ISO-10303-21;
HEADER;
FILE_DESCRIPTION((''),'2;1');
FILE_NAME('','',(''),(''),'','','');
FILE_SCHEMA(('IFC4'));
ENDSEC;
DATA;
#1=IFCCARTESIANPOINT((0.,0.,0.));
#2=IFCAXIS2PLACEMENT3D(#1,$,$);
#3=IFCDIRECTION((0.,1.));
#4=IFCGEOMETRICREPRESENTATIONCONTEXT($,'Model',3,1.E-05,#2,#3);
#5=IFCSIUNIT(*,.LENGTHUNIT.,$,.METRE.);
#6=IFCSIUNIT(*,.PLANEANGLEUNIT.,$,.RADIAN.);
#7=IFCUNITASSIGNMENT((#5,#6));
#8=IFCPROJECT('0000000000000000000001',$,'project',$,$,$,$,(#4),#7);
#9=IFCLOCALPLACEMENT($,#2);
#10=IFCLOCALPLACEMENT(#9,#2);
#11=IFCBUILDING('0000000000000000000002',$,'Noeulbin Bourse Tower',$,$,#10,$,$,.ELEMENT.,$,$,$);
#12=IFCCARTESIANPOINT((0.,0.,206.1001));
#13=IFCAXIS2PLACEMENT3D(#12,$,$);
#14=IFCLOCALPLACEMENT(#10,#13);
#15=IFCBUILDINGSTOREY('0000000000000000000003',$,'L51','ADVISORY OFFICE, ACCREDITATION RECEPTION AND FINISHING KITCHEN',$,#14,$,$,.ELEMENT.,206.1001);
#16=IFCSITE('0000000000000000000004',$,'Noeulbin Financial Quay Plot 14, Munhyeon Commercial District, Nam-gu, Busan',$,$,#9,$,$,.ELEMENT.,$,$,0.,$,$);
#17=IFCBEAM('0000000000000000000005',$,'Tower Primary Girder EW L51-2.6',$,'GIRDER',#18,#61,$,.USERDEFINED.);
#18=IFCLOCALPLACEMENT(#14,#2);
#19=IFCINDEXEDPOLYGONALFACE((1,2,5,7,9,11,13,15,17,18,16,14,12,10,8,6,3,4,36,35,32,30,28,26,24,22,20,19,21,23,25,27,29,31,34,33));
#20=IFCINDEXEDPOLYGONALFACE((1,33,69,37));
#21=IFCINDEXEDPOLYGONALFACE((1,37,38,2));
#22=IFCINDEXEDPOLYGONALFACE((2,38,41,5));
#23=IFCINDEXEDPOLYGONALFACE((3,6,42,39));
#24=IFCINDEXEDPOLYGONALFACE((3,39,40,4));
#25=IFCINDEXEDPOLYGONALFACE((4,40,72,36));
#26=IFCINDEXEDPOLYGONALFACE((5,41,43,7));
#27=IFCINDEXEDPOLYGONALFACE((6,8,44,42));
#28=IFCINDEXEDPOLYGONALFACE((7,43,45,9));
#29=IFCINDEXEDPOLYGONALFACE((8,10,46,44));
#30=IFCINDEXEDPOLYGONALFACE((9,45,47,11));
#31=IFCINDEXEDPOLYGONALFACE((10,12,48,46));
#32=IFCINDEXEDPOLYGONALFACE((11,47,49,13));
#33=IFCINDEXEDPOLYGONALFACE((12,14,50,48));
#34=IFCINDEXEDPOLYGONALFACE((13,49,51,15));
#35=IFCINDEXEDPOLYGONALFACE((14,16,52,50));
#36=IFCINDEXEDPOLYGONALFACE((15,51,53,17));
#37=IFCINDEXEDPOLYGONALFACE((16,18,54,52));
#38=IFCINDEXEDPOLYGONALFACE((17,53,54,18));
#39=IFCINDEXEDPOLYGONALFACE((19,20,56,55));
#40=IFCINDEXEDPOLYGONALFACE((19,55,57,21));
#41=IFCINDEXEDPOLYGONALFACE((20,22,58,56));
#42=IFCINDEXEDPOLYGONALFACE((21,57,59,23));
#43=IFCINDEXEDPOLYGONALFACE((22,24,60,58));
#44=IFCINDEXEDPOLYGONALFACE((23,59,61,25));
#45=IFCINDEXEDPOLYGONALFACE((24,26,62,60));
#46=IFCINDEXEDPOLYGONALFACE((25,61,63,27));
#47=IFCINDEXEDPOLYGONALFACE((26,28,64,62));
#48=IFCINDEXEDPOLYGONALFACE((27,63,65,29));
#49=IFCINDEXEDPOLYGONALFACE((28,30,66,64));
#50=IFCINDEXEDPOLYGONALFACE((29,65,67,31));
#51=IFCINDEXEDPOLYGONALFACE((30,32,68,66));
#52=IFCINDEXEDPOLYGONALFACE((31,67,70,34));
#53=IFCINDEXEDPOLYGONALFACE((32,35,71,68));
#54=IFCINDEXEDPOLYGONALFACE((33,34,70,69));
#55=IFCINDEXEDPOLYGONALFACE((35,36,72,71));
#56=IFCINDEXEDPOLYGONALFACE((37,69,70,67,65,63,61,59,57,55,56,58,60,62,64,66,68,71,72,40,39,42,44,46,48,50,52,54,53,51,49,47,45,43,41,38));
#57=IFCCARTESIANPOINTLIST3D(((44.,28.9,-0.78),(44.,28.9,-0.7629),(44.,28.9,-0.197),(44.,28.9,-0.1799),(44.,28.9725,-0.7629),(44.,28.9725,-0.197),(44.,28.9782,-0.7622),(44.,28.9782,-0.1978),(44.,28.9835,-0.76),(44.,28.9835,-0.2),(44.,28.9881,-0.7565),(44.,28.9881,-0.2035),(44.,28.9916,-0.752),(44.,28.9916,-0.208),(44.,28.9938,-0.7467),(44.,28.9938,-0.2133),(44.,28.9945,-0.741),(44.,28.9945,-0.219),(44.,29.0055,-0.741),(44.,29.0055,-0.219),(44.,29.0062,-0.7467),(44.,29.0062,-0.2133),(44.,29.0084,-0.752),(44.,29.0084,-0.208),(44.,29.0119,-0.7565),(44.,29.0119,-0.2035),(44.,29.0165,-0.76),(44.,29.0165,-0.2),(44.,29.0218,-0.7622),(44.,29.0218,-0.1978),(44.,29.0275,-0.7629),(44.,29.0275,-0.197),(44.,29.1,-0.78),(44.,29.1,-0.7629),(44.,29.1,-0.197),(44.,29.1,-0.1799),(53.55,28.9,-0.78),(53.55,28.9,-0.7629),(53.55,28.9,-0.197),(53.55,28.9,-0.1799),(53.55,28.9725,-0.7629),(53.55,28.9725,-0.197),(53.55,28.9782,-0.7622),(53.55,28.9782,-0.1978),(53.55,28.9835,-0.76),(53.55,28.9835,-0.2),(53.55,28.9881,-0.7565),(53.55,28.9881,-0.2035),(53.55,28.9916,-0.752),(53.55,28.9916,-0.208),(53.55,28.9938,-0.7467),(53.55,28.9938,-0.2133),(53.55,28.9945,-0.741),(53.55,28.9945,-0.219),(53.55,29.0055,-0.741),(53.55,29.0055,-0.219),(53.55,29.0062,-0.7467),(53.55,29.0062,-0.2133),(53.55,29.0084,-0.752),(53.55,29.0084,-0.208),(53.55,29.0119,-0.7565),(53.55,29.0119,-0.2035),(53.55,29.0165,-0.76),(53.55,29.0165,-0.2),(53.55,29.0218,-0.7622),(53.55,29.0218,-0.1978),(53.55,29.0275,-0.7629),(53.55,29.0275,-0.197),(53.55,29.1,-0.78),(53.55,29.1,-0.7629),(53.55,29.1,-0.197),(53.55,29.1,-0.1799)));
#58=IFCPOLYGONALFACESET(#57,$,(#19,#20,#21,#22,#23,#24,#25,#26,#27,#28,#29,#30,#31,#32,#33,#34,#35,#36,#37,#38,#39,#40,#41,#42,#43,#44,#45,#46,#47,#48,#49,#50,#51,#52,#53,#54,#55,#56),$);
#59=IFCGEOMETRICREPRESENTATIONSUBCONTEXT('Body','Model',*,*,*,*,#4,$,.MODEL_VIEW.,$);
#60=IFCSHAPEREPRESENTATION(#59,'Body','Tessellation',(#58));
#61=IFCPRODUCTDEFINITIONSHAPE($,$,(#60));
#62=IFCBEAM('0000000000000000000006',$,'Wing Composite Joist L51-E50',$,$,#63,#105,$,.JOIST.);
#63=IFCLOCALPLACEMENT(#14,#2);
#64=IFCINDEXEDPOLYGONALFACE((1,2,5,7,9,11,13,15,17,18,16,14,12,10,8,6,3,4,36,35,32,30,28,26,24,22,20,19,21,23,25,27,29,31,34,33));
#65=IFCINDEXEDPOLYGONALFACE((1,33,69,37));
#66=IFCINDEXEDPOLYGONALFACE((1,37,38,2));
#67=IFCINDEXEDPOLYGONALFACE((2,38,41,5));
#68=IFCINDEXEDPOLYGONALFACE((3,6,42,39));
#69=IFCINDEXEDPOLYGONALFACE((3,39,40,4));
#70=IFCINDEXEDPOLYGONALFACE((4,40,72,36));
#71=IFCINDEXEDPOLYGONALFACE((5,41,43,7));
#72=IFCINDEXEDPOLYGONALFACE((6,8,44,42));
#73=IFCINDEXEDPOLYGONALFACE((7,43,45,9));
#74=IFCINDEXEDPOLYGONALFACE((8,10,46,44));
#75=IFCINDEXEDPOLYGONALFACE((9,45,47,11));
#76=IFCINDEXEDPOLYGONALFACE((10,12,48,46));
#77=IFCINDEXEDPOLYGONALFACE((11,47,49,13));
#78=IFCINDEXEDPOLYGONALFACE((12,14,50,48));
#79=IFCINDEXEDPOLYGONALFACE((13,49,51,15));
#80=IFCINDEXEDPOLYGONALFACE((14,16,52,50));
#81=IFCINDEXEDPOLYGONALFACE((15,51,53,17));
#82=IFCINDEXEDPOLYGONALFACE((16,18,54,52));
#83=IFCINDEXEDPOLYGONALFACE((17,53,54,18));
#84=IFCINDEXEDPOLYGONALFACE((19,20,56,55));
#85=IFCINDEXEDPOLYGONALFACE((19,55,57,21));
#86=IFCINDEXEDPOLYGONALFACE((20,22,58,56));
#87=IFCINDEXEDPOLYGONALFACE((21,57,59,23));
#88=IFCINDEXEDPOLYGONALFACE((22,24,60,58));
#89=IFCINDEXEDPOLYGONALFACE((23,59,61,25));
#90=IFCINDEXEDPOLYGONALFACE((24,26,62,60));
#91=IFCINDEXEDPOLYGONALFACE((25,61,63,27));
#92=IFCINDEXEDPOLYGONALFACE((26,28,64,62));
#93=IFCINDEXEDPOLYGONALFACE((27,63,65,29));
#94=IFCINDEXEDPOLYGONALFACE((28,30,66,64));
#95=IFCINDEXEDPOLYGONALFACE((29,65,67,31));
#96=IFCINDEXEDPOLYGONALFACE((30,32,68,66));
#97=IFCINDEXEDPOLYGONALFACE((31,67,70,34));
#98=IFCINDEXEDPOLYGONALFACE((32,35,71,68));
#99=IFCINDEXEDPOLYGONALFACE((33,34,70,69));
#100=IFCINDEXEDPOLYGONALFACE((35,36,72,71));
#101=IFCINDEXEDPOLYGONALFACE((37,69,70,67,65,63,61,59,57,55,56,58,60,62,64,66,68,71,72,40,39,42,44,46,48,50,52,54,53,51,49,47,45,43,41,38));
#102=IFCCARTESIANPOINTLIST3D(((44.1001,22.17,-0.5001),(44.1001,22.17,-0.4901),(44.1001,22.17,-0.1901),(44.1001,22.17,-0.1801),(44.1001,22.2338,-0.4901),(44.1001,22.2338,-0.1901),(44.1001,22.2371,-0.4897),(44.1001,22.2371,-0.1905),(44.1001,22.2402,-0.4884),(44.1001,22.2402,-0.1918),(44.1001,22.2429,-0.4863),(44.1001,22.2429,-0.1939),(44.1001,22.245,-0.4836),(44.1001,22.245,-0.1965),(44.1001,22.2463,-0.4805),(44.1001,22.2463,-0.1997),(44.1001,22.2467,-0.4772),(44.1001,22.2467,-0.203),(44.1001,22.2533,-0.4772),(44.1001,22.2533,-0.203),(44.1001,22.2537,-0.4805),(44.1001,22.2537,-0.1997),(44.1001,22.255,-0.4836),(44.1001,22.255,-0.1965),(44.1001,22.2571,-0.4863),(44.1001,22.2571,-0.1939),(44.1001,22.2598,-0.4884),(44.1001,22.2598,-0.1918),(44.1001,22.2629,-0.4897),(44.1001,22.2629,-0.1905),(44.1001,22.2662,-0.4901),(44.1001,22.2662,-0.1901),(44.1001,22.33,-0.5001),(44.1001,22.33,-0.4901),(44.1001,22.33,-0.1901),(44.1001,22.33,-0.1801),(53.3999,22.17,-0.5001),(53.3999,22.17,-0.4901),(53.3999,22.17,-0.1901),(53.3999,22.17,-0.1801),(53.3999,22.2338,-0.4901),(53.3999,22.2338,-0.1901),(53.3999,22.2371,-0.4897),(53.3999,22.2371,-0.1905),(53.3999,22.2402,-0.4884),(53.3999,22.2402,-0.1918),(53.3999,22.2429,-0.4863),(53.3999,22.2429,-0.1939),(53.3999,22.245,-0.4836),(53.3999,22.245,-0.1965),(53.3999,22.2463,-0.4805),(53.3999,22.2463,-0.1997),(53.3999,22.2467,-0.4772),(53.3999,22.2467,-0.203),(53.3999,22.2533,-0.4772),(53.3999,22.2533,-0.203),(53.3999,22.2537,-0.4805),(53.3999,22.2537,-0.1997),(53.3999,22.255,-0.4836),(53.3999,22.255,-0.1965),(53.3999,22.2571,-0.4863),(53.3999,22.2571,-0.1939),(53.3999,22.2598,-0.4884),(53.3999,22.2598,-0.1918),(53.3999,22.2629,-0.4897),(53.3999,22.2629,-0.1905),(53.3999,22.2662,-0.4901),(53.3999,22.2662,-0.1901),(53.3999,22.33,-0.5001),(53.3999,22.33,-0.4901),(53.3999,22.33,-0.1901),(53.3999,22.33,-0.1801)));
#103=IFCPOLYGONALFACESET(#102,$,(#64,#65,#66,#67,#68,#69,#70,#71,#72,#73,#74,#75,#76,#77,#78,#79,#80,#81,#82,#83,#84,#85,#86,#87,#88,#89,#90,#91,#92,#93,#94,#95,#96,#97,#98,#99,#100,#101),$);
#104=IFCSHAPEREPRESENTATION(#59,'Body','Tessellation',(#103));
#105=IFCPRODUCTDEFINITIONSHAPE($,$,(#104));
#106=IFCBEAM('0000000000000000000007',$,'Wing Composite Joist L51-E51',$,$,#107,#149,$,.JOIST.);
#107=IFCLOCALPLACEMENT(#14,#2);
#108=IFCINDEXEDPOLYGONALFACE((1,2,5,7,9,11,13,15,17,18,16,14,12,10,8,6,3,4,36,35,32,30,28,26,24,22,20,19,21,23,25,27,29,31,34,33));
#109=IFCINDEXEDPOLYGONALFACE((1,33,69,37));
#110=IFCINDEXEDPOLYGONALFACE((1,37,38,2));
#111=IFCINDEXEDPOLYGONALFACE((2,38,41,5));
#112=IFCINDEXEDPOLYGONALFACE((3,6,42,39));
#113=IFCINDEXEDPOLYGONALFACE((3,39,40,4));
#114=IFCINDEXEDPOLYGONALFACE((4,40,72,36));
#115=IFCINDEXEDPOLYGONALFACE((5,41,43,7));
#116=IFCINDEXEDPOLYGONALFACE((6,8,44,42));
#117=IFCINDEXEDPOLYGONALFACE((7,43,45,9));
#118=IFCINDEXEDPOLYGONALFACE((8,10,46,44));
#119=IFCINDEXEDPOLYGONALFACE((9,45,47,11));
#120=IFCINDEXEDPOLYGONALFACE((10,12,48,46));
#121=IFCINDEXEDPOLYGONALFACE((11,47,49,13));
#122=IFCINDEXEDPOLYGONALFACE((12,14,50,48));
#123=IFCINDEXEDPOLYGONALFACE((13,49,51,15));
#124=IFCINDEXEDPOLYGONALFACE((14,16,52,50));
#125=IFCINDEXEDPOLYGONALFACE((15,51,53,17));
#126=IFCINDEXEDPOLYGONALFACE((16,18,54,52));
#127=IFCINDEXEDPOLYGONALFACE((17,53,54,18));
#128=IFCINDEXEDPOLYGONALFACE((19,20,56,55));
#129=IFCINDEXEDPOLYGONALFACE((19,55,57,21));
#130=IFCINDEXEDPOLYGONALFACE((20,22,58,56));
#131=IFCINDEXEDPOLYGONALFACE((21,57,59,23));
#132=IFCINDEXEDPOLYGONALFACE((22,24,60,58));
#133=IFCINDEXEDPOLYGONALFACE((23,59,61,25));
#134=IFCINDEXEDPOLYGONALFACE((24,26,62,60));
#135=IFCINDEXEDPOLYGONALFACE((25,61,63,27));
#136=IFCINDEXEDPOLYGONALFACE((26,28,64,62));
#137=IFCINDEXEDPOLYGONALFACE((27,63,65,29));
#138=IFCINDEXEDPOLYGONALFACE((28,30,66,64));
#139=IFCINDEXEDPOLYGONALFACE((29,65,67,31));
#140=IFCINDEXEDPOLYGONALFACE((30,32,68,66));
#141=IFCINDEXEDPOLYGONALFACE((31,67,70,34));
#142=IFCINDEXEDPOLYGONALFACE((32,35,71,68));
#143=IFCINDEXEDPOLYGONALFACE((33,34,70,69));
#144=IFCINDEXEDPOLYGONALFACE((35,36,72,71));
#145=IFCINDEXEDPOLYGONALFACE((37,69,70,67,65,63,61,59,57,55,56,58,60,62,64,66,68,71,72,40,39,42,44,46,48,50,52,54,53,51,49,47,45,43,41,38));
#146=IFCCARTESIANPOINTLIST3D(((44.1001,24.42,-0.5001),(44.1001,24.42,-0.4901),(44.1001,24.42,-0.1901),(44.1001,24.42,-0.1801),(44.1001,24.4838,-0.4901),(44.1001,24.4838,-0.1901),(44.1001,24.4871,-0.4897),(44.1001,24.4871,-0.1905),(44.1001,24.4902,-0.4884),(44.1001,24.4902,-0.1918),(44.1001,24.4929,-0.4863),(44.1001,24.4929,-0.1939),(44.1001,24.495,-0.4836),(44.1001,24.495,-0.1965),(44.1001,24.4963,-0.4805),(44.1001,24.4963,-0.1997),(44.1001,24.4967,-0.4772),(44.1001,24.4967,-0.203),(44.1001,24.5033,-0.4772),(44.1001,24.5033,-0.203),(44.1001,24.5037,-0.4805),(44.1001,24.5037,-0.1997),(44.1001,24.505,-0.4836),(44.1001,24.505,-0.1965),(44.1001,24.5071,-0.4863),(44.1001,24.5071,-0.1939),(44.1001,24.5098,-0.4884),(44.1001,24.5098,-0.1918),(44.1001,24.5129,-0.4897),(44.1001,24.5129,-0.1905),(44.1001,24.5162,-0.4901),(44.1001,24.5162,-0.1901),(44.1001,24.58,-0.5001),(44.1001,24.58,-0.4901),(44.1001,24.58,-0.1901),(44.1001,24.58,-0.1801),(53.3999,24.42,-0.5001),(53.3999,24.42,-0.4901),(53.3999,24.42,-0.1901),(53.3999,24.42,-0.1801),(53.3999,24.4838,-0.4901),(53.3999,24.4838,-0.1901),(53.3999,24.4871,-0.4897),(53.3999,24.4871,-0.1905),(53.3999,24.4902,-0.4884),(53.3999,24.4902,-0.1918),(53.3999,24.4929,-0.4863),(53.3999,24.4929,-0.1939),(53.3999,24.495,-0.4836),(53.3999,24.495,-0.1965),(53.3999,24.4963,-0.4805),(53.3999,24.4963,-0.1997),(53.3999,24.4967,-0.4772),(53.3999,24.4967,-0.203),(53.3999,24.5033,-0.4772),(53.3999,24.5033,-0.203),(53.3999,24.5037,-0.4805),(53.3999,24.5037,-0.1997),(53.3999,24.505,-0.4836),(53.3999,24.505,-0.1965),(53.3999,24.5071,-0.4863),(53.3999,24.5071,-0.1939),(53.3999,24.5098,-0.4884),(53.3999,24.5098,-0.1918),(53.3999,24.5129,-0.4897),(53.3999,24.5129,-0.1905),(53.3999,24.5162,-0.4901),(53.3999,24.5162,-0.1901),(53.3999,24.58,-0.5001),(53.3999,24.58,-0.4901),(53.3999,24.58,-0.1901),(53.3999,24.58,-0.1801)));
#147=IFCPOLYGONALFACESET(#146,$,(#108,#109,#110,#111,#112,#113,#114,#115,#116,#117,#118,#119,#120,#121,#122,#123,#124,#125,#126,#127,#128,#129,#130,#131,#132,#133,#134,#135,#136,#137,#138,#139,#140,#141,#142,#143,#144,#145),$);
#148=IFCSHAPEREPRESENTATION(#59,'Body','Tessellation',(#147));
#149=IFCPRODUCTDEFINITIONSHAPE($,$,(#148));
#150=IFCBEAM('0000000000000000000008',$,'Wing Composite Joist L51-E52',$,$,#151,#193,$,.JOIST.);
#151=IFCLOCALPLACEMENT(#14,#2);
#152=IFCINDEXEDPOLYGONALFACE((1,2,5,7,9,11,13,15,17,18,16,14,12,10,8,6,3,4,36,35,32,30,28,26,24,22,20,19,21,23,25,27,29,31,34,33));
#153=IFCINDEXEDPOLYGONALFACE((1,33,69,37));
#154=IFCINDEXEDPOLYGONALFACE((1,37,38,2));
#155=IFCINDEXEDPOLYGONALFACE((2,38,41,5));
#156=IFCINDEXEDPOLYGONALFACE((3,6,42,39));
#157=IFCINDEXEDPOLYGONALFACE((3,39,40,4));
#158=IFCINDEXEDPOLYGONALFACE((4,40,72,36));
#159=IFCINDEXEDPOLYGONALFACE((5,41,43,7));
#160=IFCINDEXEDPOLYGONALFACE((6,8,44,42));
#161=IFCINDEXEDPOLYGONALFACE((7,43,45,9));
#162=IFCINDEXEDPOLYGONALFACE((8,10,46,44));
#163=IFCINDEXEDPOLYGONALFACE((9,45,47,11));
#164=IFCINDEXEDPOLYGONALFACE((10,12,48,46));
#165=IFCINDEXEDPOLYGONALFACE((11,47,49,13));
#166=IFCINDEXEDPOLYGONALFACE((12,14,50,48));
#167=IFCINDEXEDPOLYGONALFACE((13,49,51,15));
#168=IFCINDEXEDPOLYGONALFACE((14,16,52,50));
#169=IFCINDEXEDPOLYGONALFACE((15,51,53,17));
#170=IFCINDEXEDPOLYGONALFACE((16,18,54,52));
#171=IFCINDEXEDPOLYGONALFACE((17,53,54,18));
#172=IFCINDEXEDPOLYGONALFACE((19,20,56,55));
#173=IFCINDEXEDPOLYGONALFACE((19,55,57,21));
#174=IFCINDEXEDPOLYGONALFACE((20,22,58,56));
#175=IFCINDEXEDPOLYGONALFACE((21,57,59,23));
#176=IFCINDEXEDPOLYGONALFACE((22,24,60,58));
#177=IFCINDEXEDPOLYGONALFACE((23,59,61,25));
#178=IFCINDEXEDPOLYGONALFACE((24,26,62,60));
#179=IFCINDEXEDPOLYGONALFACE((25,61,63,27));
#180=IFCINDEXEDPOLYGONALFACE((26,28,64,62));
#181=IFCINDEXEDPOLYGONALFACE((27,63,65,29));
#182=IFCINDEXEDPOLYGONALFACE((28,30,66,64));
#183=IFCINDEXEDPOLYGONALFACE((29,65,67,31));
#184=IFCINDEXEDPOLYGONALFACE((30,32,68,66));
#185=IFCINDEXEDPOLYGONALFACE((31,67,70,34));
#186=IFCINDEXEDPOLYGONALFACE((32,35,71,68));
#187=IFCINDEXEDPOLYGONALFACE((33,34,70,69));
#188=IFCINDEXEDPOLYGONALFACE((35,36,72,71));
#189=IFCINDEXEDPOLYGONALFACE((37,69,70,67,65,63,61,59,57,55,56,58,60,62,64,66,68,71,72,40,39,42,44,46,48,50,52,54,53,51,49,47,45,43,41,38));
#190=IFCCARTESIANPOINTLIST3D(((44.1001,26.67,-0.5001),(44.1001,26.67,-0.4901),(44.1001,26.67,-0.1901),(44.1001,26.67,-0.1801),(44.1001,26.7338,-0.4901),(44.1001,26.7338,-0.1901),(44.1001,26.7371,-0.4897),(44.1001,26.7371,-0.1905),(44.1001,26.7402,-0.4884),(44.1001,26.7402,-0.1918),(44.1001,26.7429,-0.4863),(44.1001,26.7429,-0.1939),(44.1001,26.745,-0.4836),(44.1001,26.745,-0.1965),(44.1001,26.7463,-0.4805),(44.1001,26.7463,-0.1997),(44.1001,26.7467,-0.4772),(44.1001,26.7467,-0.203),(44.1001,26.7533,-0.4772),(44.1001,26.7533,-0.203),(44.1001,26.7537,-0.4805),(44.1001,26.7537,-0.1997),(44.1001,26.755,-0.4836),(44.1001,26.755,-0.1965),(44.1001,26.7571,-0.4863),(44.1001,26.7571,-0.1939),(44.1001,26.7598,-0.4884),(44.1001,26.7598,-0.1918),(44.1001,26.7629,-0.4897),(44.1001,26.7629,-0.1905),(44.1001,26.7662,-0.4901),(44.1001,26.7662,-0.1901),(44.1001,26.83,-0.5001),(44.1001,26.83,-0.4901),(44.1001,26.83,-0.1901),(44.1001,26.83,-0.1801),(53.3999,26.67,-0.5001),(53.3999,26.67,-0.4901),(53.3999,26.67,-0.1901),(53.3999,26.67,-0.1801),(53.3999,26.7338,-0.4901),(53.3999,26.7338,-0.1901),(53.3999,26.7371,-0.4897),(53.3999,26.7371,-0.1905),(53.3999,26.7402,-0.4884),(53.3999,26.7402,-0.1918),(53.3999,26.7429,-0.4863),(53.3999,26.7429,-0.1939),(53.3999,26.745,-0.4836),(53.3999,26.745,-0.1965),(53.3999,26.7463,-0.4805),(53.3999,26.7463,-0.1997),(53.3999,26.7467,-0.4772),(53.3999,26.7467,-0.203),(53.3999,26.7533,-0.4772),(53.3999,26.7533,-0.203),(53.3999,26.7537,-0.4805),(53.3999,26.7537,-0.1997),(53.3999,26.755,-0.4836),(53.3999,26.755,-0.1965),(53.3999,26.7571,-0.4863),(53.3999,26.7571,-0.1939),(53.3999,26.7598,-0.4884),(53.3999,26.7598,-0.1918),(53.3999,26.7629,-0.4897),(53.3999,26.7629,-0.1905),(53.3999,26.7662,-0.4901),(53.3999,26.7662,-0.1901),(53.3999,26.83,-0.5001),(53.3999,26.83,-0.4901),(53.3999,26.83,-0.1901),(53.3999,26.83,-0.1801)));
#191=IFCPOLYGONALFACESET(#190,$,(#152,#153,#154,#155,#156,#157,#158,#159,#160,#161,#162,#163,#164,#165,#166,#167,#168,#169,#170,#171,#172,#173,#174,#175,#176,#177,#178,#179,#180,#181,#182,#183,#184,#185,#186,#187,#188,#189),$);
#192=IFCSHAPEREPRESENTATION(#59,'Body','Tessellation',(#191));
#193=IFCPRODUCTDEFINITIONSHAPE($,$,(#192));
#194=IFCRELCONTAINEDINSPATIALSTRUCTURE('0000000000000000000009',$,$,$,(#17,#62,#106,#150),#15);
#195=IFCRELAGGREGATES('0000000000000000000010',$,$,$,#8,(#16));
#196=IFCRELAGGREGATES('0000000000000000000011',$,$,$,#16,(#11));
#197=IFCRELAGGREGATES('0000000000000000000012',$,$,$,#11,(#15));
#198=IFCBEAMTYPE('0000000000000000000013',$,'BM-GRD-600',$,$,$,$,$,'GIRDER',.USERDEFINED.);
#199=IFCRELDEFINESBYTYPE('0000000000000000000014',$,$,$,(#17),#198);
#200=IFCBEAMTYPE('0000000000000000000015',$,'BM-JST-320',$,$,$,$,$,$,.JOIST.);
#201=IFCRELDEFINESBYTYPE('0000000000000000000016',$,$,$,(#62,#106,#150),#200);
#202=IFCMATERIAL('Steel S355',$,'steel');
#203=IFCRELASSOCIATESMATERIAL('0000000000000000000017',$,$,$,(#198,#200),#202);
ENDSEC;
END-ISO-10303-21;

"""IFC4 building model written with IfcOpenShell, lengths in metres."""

from ifc_helpers import new_model, si_unit, direction, frame, origin, origin_2d, place, context, subcontext, project, spatial, i_section, extrude, material, material_profile, profile_set, type_object, element, save


model = new_model("IFC4")

# Units and contexts
model_context = context("Model", 3, precision=1e-05, world=origin(), true_north=direction((0.0, 1.0)))
body_context = subcontext(model_context, "Body", "Model", "MODEL_VIEW")
ifc_project = project(units=[si_unit("LENGTHUNIT", "METRE"), si_unit("PLANEANGLEUNIT", "RADIAN")], contexts=[model_context])

# Site, building, storey
site_placement = place(None, origin())
site = spatial("IfcSite", under=ifc_project, at=site_placement, Name="Noeulbin Financial Quay Plot 14, Munhyeon Commercial District, Nam-gu, Busan", CompositionType="ELEMENT", RefElevation=0.0)
building_placement = place(site_placement, origin())
building = spatial("IfcBuilding", under=site, at=building_placement, Name="Noeulbin Bourse Tower", CompositionType="ELEMENT")
storey_placement = place(building_placement, frame((0.0, 0.0, 206.1001)))
storey = spatial("IfcBuildingStorey", under=building, at=storey_placement, Name="L51", Description="ADVISORY OFFICE, ACCREDITATION RECEPTION AND FINISHING KITCHEN", CompositionType="ELEMENT", Elevation=206.1001)

# Shared definitions
ifc_material_1 = material(Name="Steel S355", Category="steel")

# Beams
ifc_material_profile_1 = material_profile(ifc_material_1, i_section(OverallWidth=0.2, OverallDepth=0.6001, WebThickness=0.011, FlangeThickness=0.0171, FilletRadius=0.022, at=origin_2d()), Name="H-600x200x11x17", Category="LoadBearing")
ifc_profile_set_1 = profile_set([ifc_material_profile_1], Name="Steel S355")
beam_type_1 = type_object("IfcBeamType", Name="BM-GRD-600", ElementType="GIRDER", PredefinedType="USERDEFINED", material=ifc_profile_set_1)
beam_1_placement = place(storey_placement, frame((44.0, 29.0, -0.48), z_axis=(1.0, 0.0, 0.0), x_axis=(0.0, 1.0, 0.0)))
element("IfcBeam", 1, at=beam_1_placement, inside=storey, type_object=beam_type_1, Name="Tower Primary Girder EW L51-2.6", ObjectType="GIRDER", PredefinedType="USERDEFINED", context=body_context, shape_type="SweptSolid", body=[
    extrude(i_section(OverallWidth=0.2, OverallDepth=0.6001, WebThickness=0.011, FlangeThickness=0.0171, FilletRadius=0.022, at=origin_2d()), origin(), (0.0, 0.0, 1.0), 9.55),
])
ifc_material_profile_2 = material_profile(ifc_material_1, i_section(OverallWidth=0.1599, OverallDepth=0.3201, WebThickness=0.0066, FlangeThickness=0.01, FilletRadius=0.0129, at=origin_2d()), Name="H-320x160x6.5x10", Category="LoadBearing")
ifc_profile_set_2 = profile_set([ifc_material_profile_2], Name="Steel S355")
beam_type_2 = type_object("IfcBeamType", Name="BM-JST-320", PredefinedType="JOIST", material=ifc_profile_set_2)
for number, where, z_axis, x_axis, name in (
    (2, (44.1001, 22.25, -0.3401), (1.0, 0.0, 0.0), (0.0, 1.0, 0.0), "Wing Composite Joist L51-E50"),
    (3, (44.1001, 24.5, -0.3401), (1.0, 0.0, 0.0), (0.0, 1.0, 0.0), "Wing Composite Joist L51-E51"),
    (4, (44.1001, 26.75, -0.3401), (1.0, 0.0, 0.0), (0.0, 1.0, 0.0), "Wing Composite Joist L51-E52"),
):
    element("IfcBeam", number, at=place(storey_placement, frame(where, z_axis=z_axis, x_axis=x_axis)), inside=storey, type_object=beam_type_2, Name=name, PredefinedType="JOIST", context=body_context, shape_type="SweptSolid", body=[
        extrude(i_section(OverallWidth=0.1599, OverallDepth=0.3201, WebThickness=0.0066, FlangeThickness=0.01, FilletRadius=0.0129, at=origin_2d()), origin(), (0.0, 0.0, 1.0), 9.2998),
    ])

save(model, "model.ifc")
